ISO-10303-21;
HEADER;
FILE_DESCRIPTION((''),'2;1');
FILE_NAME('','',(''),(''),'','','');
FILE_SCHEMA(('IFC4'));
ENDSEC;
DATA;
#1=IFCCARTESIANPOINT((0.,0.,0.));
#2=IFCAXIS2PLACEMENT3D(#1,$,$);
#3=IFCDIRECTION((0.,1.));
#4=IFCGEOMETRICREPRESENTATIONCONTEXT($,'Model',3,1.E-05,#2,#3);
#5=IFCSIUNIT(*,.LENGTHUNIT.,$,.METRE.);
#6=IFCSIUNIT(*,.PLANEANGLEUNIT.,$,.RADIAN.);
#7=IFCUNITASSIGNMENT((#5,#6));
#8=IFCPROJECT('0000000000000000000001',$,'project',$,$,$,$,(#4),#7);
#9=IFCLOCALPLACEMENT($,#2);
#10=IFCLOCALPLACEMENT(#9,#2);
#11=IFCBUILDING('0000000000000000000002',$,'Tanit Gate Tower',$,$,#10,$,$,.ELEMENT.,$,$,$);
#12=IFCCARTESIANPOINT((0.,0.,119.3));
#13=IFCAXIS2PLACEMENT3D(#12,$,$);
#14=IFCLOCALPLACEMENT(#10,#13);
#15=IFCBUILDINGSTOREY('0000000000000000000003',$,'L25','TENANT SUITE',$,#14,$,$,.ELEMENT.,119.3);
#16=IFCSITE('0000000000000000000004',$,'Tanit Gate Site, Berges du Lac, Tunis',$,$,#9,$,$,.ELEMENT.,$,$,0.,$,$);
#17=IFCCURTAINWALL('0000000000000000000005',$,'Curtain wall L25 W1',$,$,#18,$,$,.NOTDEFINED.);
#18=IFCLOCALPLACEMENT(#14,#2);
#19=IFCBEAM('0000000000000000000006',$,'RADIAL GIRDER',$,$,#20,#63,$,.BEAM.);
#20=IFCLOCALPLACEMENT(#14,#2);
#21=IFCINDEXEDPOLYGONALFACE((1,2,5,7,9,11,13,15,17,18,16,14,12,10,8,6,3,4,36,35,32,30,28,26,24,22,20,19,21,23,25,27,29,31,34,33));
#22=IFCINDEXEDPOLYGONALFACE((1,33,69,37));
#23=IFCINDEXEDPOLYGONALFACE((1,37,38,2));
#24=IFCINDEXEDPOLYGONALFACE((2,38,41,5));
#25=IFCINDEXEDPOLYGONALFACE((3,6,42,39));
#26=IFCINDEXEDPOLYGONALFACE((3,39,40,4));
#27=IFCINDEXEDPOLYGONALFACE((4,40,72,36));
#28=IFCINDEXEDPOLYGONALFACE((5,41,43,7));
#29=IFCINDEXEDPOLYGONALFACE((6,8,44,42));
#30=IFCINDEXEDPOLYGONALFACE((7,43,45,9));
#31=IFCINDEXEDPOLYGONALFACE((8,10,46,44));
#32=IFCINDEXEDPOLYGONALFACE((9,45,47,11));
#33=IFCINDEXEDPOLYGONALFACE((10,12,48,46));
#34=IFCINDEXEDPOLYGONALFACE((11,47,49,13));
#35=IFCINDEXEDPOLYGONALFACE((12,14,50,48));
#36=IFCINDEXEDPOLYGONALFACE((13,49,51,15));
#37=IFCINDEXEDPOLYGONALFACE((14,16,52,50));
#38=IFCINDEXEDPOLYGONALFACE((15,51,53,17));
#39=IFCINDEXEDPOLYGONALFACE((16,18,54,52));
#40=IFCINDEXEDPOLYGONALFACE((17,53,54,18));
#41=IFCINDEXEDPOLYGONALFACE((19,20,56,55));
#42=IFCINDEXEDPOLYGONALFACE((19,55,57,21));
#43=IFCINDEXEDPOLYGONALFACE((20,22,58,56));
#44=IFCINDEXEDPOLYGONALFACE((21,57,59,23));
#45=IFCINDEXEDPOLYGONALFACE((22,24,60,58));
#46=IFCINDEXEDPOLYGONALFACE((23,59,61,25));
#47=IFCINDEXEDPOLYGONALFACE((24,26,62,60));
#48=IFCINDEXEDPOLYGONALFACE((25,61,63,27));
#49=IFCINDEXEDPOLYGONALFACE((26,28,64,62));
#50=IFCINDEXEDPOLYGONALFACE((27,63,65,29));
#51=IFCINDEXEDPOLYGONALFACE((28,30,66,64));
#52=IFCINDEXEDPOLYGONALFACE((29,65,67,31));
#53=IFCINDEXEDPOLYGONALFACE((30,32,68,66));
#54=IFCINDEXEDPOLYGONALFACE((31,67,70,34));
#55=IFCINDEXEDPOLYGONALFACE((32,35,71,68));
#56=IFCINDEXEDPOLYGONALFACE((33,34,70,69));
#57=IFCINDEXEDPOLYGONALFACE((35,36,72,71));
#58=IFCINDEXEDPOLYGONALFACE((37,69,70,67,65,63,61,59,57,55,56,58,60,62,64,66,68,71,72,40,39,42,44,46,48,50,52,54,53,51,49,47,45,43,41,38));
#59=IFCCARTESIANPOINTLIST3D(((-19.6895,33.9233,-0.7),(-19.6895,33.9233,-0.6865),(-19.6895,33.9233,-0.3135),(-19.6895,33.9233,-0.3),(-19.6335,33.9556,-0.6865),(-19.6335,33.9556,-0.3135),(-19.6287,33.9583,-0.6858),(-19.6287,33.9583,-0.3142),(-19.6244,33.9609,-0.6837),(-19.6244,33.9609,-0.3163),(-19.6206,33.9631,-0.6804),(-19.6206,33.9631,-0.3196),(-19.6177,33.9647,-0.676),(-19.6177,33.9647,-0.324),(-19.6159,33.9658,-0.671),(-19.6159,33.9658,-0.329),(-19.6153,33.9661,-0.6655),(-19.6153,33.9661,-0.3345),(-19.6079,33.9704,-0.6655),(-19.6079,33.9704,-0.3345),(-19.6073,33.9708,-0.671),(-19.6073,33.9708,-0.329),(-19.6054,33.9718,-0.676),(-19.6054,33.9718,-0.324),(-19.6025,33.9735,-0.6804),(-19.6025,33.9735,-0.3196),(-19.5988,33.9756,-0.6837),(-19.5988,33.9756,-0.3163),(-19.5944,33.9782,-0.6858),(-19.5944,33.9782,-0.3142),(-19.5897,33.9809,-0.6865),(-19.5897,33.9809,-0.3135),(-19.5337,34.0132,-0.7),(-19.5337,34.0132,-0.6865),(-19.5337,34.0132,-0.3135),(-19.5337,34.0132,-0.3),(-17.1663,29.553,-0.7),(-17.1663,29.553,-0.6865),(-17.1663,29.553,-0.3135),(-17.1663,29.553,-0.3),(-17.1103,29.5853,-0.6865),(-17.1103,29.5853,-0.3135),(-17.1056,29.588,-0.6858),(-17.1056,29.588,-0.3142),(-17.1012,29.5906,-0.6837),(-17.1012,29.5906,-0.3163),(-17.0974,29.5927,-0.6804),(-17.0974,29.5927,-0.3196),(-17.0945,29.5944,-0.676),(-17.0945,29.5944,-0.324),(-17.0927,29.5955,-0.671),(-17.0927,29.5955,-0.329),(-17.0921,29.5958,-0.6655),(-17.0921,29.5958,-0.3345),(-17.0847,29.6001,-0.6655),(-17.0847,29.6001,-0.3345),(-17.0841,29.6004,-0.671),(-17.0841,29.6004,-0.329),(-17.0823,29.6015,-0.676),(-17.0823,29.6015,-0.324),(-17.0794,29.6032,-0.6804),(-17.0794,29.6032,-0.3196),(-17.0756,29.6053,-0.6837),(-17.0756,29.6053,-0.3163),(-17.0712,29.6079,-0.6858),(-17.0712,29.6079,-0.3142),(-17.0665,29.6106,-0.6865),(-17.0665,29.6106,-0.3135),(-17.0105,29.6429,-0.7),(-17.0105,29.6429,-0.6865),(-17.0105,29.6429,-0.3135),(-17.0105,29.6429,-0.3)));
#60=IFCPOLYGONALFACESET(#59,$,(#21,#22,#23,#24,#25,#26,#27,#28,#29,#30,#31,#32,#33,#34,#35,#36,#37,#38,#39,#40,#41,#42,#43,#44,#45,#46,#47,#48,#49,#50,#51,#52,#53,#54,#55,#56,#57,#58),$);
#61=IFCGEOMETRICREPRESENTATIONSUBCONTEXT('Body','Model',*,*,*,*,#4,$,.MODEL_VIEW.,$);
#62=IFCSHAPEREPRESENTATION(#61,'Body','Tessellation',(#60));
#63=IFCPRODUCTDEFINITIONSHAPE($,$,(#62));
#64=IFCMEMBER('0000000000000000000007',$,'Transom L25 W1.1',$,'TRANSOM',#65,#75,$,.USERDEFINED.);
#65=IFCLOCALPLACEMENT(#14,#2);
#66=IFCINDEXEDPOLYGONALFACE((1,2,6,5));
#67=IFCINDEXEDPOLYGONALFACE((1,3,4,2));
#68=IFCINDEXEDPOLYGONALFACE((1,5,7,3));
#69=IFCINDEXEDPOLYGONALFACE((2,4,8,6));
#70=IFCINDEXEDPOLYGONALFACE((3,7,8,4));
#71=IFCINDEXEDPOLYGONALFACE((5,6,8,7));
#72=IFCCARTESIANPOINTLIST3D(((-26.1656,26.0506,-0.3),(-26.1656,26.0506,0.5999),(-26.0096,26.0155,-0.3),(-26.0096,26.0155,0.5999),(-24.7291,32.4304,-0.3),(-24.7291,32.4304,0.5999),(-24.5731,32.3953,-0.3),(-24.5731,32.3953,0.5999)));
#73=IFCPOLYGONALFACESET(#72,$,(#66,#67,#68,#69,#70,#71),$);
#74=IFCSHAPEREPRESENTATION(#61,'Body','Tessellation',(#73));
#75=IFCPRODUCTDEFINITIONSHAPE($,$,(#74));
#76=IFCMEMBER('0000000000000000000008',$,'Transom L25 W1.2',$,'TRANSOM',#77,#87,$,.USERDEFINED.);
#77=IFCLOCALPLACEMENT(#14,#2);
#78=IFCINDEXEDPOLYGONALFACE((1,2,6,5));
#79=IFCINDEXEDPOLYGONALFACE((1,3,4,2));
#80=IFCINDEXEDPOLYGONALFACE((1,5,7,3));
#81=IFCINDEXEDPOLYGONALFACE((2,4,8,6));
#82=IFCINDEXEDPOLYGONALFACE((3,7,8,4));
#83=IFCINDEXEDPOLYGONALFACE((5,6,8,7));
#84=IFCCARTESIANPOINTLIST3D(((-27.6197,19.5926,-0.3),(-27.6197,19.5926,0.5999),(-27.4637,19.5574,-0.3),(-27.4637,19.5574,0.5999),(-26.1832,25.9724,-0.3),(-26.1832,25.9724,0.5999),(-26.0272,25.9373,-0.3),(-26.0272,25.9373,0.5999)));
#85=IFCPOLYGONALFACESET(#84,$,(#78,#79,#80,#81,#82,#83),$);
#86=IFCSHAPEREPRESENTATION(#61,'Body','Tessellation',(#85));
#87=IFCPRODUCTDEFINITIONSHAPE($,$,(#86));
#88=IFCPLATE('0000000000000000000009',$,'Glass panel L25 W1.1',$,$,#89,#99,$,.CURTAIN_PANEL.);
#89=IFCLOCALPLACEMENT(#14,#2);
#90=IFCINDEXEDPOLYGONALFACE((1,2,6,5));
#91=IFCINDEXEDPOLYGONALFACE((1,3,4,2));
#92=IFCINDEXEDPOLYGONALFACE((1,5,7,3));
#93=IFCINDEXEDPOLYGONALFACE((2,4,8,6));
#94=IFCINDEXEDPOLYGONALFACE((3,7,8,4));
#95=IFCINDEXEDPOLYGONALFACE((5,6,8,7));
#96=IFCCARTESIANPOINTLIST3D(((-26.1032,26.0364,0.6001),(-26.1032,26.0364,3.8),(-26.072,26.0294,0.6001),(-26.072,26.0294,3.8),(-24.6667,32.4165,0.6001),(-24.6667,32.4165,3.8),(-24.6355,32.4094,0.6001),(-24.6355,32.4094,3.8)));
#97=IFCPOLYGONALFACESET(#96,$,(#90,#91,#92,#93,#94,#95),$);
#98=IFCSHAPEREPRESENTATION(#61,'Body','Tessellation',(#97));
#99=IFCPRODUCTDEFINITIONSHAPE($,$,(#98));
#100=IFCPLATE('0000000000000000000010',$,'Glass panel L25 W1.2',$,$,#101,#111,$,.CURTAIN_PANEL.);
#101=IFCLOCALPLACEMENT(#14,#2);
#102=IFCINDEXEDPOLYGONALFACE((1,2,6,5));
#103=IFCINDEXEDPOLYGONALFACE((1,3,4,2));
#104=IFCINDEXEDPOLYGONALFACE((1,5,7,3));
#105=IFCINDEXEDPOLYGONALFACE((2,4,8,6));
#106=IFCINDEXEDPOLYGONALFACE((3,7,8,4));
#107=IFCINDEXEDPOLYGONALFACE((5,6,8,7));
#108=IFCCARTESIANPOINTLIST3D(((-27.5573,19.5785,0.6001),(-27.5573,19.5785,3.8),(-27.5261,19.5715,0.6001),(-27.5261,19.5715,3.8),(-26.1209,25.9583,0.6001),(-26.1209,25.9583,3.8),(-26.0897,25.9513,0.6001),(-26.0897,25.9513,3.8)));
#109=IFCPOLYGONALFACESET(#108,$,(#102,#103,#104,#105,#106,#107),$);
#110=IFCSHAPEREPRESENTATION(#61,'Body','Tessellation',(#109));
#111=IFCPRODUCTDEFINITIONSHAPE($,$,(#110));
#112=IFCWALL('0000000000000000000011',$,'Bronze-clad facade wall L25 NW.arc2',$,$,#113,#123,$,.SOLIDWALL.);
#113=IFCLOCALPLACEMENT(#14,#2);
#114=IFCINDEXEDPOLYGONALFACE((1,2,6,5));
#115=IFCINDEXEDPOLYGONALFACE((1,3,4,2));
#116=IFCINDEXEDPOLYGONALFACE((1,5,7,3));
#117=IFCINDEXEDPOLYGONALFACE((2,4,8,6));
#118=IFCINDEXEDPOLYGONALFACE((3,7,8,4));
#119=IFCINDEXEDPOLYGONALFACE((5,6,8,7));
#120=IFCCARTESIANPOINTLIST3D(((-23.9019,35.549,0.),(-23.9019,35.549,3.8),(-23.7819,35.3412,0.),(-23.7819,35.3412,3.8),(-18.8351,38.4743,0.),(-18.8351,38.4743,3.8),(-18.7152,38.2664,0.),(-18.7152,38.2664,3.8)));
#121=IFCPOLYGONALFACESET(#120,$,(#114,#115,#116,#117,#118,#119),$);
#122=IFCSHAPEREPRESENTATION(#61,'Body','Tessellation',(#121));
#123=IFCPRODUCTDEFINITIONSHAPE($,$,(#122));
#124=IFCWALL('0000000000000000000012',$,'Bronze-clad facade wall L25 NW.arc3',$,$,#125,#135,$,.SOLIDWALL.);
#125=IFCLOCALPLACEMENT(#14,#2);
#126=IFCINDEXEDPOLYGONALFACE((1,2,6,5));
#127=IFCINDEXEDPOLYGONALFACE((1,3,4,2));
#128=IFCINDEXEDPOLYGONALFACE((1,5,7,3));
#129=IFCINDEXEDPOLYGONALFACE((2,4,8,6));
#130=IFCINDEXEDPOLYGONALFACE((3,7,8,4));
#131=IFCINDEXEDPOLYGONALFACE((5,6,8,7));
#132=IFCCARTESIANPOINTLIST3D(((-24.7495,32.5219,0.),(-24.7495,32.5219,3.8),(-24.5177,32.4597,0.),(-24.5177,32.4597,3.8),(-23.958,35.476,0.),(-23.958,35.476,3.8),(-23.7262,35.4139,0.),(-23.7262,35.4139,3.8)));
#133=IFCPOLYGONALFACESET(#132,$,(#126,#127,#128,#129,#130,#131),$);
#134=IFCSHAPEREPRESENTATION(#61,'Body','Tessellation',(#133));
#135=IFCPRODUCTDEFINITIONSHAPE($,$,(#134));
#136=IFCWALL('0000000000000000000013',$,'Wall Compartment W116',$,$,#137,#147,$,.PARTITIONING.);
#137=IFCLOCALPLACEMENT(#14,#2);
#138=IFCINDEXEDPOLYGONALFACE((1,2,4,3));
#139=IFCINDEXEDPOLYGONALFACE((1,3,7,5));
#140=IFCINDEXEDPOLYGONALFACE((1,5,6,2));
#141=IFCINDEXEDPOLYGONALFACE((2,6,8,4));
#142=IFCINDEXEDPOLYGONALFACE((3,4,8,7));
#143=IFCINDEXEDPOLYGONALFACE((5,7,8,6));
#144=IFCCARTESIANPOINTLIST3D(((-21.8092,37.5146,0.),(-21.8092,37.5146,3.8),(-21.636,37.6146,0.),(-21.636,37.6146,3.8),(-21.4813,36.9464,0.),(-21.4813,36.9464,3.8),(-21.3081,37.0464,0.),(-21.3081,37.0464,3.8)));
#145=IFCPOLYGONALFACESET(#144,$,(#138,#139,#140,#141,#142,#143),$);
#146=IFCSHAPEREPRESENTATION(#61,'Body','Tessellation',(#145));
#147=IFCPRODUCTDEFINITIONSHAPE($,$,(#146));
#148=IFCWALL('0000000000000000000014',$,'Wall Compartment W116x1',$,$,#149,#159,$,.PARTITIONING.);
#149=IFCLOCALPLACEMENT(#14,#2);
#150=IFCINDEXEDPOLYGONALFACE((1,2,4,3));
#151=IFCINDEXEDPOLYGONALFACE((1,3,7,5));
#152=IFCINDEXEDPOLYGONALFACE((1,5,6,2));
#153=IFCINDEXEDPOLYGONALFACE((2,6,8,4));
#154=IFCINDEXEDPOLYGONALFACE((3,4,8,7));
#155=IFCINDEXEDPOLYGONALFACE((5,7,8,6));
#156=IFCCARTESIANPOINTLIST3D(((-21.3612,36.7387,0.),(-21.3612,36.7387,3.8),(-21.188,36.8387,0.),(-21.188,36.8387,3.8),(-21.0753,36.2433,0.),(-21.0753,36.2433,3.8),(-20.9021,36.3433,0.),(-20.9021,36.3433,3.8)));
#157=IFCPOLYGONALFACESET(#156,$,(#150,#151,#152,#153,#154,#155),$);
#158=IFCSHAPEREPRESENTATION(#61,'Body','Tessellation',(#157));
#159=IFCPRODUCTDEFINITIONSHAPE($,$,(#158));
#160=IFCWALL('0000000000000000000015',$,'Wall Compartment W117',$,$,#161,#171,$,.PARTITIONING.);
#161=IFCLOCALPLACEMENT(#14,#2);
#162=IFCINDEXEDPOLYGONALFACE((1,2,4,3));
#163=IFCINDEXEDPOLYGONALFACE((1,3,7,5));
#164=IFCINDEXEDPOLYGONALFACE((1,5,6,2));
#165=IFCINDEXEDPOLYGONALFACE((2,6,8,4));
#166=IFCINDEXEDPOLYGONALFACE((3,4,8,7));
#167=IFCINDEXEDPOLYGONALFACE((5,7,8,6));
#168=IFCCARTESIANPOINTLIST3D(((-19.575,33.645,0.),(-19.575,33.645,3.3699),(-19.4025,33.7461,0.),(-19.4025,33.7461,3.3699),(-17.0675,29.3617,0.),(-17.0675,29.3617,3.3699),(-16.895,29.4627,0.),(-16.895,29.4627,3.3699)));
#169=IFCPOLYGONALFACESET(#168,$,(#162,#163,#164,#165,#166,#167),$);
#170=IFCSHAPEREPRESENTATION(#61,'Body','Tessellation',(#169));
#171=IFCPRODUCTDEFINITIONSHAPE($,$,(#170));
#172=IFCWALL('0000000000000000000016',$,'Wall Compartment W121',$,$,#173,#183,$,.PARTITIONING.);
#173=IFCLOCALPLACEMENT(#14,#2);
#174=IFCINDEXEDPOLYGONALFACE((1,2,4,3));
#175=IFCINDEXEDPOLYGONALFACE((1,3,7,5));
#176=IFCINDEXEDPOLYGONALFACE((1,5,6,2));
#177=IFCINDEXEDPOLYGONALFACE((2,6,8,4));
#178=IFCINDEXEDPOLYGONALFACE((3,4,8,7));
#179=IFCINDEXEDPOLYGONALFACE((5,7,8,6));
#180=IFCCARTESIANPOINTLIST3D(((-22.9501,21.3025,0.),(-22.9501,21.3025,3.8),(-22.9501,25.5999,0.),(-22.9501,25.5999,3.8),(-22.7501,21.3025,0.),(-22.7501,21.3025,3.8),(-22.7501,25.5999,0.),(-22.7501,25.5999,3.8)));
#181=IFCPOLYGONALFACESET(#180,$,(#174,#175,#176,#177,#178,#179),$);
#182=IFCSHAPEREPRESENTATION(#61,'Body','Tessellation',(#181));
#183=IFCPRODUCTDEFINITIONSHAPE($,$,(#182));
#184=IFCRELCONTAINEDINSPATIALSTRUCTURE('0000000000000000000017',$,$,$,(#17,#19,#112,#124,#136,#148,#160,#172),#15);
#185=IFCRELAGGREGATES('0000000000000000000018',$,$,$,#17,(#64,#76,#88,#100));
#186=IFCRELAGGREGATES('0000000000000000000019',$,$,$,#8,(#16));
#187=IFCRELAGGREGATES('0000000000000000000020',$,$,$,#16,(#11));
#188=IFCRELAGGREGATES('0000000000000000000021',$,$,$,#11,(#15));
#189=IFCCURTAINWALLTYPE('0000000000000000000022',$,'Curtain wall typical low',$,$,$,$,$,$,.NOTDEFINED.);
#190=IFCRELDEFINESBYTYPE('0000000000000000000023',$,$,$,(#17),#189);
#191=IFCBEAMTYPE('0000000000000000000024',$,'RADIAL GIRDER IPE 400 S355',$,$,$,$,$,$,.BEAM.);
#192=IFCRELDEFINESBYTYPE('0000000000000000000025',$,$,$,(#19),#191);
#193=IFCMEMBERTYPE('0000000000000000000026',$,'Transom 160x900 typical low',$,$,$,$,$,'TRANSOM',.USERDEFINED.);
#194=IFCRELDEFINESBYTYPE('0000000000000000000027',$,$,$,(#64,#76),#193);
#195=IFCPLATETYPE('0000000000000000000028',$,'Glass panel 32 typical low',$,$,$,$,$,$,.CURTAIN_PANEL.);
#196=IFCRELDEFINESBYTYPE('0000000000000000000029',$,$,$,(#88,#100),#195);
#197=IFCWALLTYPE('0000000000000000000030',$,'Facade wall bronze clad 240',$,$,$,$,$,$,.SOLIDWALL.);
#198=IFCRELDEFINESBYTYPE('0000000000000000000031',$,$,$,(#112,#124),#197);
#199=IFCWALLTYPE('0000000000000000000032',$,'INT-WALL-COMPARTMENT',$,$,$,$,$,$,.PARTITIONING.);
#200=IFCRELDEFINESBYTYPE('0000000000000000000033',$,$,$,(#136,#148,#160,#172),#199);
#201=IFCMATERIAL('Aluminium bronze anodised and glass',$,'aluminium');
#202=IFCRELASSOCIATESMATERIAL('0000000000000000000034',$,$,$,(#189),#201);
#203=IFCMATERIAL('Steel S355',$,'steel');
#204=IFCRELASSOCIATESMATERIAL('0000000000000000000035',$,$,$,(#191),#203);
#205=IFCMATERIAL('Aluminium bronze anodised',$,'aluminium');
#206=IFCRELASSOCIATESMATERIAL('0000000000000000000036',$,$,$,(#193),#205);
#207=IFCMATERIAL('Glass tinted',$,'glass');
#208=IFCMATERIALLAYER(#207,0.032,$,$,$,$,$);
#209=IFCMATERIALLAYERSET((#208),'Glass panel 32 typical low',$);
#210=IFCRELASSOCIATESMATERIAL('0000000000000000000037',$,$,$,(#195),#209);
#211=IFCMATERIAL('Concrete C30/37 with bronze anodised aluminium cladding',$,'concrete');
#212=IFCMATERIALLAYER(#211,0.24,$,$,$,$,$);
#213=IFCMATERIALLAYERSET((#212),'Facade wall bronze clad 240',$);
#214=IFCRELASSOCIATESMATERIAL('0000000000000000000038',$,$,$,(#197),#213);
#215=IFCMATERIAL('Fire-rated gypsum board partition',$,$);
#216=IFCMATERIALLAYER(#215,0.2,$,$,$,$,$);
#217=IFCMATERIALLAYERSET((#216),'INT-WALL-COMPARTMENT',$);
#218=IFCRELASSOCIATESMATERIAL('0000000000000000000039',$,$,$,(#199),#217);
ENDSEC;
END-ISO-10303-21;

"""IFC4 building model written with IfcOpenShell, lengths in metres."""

from ifc_helpers import new_model, si_unit, direction, frame, frame_2d, origin, origin_2d, place, context, subcontext, project, spatial, rectangle, i_section, extrude, material, layer, layer_set, material_profile, profile_set, type_object, element, aggregate, save


model = new_model("IFC4")

# Units and contexts
model_context = context("Model", 3, precision=1e-05, world=origin(), true_north=direction((0.0, 1.0)))
body_context = subcontext(model_context, "Body", "Model", "MODEL_VIEW")
ifc_project = project(units=[si_unit("LENGTHUNIT", "METRE"), si_unit("PLANEANGLEUNIT", "RADIAN")], contexts=[model_context])

# Site, building, storey
site_placement = place(None, origin())
site = spatial("IfcSite", under=ifc_project, at=site_placement, Name="Tanit Gate Site, Berges du Lac, Tunis", CompositionType="ELEMENT", RefElevation=0.0)
building_placement = place(site_placement, origin())
building = spatial("IfcBuilding", under=site, at=building_placement, Name="Tanit Gate Tower", CompositionType="ELEMENT")
storey_placement = place(building_placement, frame((0.0, 0.0, 119.3)))
storey = spatial("IfcBuildingStorey", under=building, at=storey_placement, Name="L25", Description="TENANT SUITE", CompositionType="ELEMENT", Elevation=119.3)

# Curtain wall
ifc_material_1 = material(Name="Aluminium bronze anodised and glass", Category="aluminium")
curtain_wall_type = type_object("IfcCurtainWallType", Name="Curtain wall typical low", PredefinedType="NOTDEFINED", material=ifc_material_1)
curtain_wall_placement = place(storey_placement, origin())
curtain_wall = element("IfcCurtainWall", 1, at=curtain_wall_placement, inside=storey, type_object=curtain_wall_type, Name="Curtain wall L25 W1", PredefinedType="NOTDEFINED")

# Beam
ifc_material_2 = material(Name="Steel S355", Category="steel")
ifc_material_profile_1 = material_profile(ifc_material_2, i_section(OverallWidth=0.1799, OverallDepth=0.3999, WebThickness=0.0085, FlangeThickness=0.0134, FilletRadius=0.021, at=origin_2d()), Name="IPE 400")
ifc_profile_set_1 = profile_set([ifc_material_profile_1], Name="Steel S355")
beam_type_1 = type_object("IfcBeamType", Name="RADIAL GIRDER IPE 400 S355", PredefinedType="BEAM", material=ifc_profile_set_1)
beam_1_placement = place(storey_placement, frame((-19.6116, 33.9683, -0.5), z_axis=(0.499995, -0.866028, 0.0), x_axis=(0.866028, 0.499995, 0.0)))
element("IfcBeam", 2, at=beam_1_placement, inside=storey, type_object=beam_type_1, Name="RADIAL GIRDER", PredefinedType="BEAM", context=body_context, shape_type="SweptSolid", body=[
    extrude(i_section(OverallWidth=0.1799, OverallDepth=0.3999, WebThickness=0.0085, FlangeThickness=0.0134, FilletRadius=0.021, at=origin_2d()), origin(), (0.0, 0.0, 1.0), 5.0464),
])

# Members
ifc_material_3 = material(Name="Aluminium bronze anodised", Category="aluminium")
ifc_material_profile_2 = material_profile(ifc_material_3, rectangle(XDim=0.1599, YDim=0.8999, at=origin_2d()), Name="160x900 bronze transom")
ifc_profile_set_2 = profile_set([ifc_material_profile_2], Name="Aluminium bronze anodised")
member_type_1 = type_object("IfcMemberType", Name="Transom 160x900 typical low", ElementType="TRANSOM", PredefinedType="USERDEFINED", material=ifc_profile_set_2)
member_1_placement = place(storey_placement, frame((-24.6511, 32.4128, 0.1499), z_axis=(-0.219665, -0.975575, 0.0), x_axis=(0.975575, -0.219665, 0.0)))
member_1 = element("IfcMember", 3, at=member_1_placement, type_object=member_type_1, Name="Transom L25 W1.1", ObjectType="TRANSOM", PredefinedType="USERDEFINED", context=body_context, shape_type="SweptSolid", body=[
    extrude(rectangle(XDim=0.1599, YDim=0.8999, at=origin_2d()), origin(), (0.0, 0.0, 1.0), 6.5396),
])
member_2_placement = place(storey_placement, frame((-26.1052, 25.9548, 0.1499), z_axis=(-0.219665, -0.975575, 0.0), x_axis=(0.975575, -0.219665, 0.0)))
member_2 = element("IfcMember", 4, at=member_2_placement, type_object=member_type_1, Name="Transom L25 W1.2", ObjectType="TRANSOM", PredefinedType="USERDEFINED", context=body_context, shape_type="SweptSolid", body=[
    extrude(rectangle(XDim=0.1599, YDim=0.8999, at=origin_2d()), origin(), (0.0, 0.0, 1.0), 6.5396),
])

# Plates
ifc_material_4 = material(Name="Glass tinted", Category="glass")
ifc_layer_1 = layer(ifc_material_4, 0.032)
ifc_layer_set_1 = layer_set([ifc_layer_1], Name="Glass panel 32 typical low")
plate_type = type_object("IfcPlateType", Name="Glass panel 32 typical low", PredefinedType="CURTAIN_PANEL", material=ifc_layer_set_1)
plate_1_placement = place(storey_placement, frame((-25.3694, 29.2229, 0.6001), z_axis=(0.0, 0.0, 1.0), x_axis=(-0.219657, -0.975577, 0.0)))
plate_1 = element("IfcPlate", 5, at=plate_1_placement, type_object=plate_type, Name="Glass panel L25 W1.1", PredefinedType="CURTAIN_PANEL", context=body_context, shape_type="SweptSolid", body=[
    extrude(rectangle(XDim=6.5398, YDim=0.032, at=origin_2d()), origin(), (0.0, 0.0, 1.0), 3.2),
])
plate_2_placement = place(storey_placement, frame((-26.8235, 22.7649, 0.6001), z_axis=(0.0, 0.0, 1.0), x_axis=(-0.219657, -0.975577, 0.0)))
plate_2 = element("IfcPlate", 6, at=plate_2_placement, type_object=plate_type, Name="Glass panel L25 W1.2", PredefinedType="CURTAIN_PANEL", context=body_context, shape_type="SweptSolid", body=[
    extrude(rectangle(XDim=6.5396, YDim=0.032, at=origin_2d()), origin(), (0.0, 0.0, 1.0), 3.2),
])
aggregate(curtain_wall, [member_1, member_2, plate_1, plate_2])

# Walls
ifc_material_5 = material(Name="Concrete C30/37 with bronze anodised aluminium cladding", Category="concrete")
ifc_layer_2 = layer(ifc_material_5, 0.24)
ifc_layer_set_2 = layer_set([ifc_layer_2], Name="Facade wall bronze clad 240")
wall_type_1 = type_object("IfcWallType", Name="Facade wall bronze clad 240", PredefinedType="SOLIDWALL", material=ifc_layer_set_2)
wall_1_placement = place(storey_placement, frame((-18.7751, 38.3704, 0.0), z_axis=(0.0, 0.0, 1.0), x_axis=(-0.866031, -0.49999, 0.0)))
element("IfcWall", 7, at=wall_1_placement, inside=storey, type_object=wall_type_1, Name="Bronze-clad facade wall L25 NW.arc2", PredefinedType="SOLIDWALL", context=body_context, shape_type="SweptSolid", body=[
    extrude(rectangle(XDim=5.8506, YDim=0.24, at=frame_2d((2.9253, 0.0))), origin(), (0.0, 0.0, 1.0), 3.8),
])
wall_2_placement = place(storey_placement, frame((-23.842, 35.4451, 0.0), z_axis=(0.0, 0.0, 1.0), x_axis=(-0.258805, -0.96593, 0.0)))
element("IfcWall", 8, at=wall_2_placement, inside=storey, type_object=wall_type_1, Name="Bronze-clad facade wall L25 NW.arc3", PredefinedType="SOLIDWALL", context=body_context, shape_type="SweptSolid", body=[
    extrude(rectangle(XDim=3.0583, YDim=0.24, at=frame_2d((1.5293, 0.0))), origin(), (0.0, 0.0, 1.0), 3.8),
])
ifc_material_6 = material(Name="Fire-rated gypsum board partition")
ifc_layer_3 = layer(ifc_material_6, 0.2)
ifc_layer_set_3 = layer_set([ifc_layer_3], Name="INT-WALL-COMPARTMENT")
wall_type_2 = type_object("IfcWallType", Name="INT-WALL-COMPARTMENT", PredefinedType="PARTITIONING", material=ifc_layer_set_3)
wall_3_placement = place(storey_placement, frame((-21.7227, 37.5647, 0.0), z_axis=(0.0, 0.0, 1.0), x_axis=(0.499862, -0.866105, 0.0)))
element("IfcWall", 9, at=wall_3_placement, inside=storey, type_object=wall_type_2, Name="Wall Compartment W116", PredefinedType="PARTITIONING", context=body_context, shape_type="SweptSolid", body=[
    extrude(rectangle(XDim=0.656, YDim=0.2, at=frame_2d((0.3281, 0.0))), origin(), (0.0, 0.0, 1.0), 3.8),
])
wall_4_placement = place(storey_placement, frame((-21.2747, 36.7888, 0.0), z_axis=(0.0, 0.0, 1.0), x_axis=(0.499858, -0.866107, 0.0)))
element("IfcWall", 10, at=wall_4_placement, inside=storey, type_object=wall_type_2, Name="Wall Compartment W116x1", PredefinedType="PARTITIONING", context=body_context, shape_type="SweptSolid", body=[
    extrude(rectangle(XDim=0.572, YDim=0.2, at=frame_2d((0.2861, 0.0))), origin(), (0.0, 0.0, 1.0), 3.8),
])
wall_5_placement = place(storey_placement, frame((-19.4888, 33.6956, 0.0), z_axis=(0.0, 0.0, 1.0), x_axis=(0.505207, -0.862998, 0.0)))
element("IfcWall", 11, at=wall_5_placement, inside=storey, type_object=wall_type_2, Name="Wall Compartment W117", PredefinedType="PARTITIONING", context=body_context, shape_type="SweptSolid", body=[
    extrude(rectangle(XDim=4.9634, YDim=0.2, at=frame_2d((2.4817, 0.0))), origin(), (0.0, 0.0, 1.0), 3.3699),
])
wall_6_placement = place(storey_placement, frame((-22.8501, 21.3025, 0.0), z_axis=(0.0, 0.0, 1.0), x_axis=(0.0, 1.0, 0.0)))
element("IfcWall", 12, at=wall_6_placement, inside=storey, type_object=wall_type_2, Name="Wall Compartment W121", PredefinedType="PARTITIONING", context=body_context, shape_type="SweptSolid", body=[
    extrude(rectangle(XDim=4.2974, YDim=0.2, at=frame_2d((2.1487, 0.0))), origin(), (0.0, 0.0, 1.0), 3.8),
])

save(model, "model.ifc")
